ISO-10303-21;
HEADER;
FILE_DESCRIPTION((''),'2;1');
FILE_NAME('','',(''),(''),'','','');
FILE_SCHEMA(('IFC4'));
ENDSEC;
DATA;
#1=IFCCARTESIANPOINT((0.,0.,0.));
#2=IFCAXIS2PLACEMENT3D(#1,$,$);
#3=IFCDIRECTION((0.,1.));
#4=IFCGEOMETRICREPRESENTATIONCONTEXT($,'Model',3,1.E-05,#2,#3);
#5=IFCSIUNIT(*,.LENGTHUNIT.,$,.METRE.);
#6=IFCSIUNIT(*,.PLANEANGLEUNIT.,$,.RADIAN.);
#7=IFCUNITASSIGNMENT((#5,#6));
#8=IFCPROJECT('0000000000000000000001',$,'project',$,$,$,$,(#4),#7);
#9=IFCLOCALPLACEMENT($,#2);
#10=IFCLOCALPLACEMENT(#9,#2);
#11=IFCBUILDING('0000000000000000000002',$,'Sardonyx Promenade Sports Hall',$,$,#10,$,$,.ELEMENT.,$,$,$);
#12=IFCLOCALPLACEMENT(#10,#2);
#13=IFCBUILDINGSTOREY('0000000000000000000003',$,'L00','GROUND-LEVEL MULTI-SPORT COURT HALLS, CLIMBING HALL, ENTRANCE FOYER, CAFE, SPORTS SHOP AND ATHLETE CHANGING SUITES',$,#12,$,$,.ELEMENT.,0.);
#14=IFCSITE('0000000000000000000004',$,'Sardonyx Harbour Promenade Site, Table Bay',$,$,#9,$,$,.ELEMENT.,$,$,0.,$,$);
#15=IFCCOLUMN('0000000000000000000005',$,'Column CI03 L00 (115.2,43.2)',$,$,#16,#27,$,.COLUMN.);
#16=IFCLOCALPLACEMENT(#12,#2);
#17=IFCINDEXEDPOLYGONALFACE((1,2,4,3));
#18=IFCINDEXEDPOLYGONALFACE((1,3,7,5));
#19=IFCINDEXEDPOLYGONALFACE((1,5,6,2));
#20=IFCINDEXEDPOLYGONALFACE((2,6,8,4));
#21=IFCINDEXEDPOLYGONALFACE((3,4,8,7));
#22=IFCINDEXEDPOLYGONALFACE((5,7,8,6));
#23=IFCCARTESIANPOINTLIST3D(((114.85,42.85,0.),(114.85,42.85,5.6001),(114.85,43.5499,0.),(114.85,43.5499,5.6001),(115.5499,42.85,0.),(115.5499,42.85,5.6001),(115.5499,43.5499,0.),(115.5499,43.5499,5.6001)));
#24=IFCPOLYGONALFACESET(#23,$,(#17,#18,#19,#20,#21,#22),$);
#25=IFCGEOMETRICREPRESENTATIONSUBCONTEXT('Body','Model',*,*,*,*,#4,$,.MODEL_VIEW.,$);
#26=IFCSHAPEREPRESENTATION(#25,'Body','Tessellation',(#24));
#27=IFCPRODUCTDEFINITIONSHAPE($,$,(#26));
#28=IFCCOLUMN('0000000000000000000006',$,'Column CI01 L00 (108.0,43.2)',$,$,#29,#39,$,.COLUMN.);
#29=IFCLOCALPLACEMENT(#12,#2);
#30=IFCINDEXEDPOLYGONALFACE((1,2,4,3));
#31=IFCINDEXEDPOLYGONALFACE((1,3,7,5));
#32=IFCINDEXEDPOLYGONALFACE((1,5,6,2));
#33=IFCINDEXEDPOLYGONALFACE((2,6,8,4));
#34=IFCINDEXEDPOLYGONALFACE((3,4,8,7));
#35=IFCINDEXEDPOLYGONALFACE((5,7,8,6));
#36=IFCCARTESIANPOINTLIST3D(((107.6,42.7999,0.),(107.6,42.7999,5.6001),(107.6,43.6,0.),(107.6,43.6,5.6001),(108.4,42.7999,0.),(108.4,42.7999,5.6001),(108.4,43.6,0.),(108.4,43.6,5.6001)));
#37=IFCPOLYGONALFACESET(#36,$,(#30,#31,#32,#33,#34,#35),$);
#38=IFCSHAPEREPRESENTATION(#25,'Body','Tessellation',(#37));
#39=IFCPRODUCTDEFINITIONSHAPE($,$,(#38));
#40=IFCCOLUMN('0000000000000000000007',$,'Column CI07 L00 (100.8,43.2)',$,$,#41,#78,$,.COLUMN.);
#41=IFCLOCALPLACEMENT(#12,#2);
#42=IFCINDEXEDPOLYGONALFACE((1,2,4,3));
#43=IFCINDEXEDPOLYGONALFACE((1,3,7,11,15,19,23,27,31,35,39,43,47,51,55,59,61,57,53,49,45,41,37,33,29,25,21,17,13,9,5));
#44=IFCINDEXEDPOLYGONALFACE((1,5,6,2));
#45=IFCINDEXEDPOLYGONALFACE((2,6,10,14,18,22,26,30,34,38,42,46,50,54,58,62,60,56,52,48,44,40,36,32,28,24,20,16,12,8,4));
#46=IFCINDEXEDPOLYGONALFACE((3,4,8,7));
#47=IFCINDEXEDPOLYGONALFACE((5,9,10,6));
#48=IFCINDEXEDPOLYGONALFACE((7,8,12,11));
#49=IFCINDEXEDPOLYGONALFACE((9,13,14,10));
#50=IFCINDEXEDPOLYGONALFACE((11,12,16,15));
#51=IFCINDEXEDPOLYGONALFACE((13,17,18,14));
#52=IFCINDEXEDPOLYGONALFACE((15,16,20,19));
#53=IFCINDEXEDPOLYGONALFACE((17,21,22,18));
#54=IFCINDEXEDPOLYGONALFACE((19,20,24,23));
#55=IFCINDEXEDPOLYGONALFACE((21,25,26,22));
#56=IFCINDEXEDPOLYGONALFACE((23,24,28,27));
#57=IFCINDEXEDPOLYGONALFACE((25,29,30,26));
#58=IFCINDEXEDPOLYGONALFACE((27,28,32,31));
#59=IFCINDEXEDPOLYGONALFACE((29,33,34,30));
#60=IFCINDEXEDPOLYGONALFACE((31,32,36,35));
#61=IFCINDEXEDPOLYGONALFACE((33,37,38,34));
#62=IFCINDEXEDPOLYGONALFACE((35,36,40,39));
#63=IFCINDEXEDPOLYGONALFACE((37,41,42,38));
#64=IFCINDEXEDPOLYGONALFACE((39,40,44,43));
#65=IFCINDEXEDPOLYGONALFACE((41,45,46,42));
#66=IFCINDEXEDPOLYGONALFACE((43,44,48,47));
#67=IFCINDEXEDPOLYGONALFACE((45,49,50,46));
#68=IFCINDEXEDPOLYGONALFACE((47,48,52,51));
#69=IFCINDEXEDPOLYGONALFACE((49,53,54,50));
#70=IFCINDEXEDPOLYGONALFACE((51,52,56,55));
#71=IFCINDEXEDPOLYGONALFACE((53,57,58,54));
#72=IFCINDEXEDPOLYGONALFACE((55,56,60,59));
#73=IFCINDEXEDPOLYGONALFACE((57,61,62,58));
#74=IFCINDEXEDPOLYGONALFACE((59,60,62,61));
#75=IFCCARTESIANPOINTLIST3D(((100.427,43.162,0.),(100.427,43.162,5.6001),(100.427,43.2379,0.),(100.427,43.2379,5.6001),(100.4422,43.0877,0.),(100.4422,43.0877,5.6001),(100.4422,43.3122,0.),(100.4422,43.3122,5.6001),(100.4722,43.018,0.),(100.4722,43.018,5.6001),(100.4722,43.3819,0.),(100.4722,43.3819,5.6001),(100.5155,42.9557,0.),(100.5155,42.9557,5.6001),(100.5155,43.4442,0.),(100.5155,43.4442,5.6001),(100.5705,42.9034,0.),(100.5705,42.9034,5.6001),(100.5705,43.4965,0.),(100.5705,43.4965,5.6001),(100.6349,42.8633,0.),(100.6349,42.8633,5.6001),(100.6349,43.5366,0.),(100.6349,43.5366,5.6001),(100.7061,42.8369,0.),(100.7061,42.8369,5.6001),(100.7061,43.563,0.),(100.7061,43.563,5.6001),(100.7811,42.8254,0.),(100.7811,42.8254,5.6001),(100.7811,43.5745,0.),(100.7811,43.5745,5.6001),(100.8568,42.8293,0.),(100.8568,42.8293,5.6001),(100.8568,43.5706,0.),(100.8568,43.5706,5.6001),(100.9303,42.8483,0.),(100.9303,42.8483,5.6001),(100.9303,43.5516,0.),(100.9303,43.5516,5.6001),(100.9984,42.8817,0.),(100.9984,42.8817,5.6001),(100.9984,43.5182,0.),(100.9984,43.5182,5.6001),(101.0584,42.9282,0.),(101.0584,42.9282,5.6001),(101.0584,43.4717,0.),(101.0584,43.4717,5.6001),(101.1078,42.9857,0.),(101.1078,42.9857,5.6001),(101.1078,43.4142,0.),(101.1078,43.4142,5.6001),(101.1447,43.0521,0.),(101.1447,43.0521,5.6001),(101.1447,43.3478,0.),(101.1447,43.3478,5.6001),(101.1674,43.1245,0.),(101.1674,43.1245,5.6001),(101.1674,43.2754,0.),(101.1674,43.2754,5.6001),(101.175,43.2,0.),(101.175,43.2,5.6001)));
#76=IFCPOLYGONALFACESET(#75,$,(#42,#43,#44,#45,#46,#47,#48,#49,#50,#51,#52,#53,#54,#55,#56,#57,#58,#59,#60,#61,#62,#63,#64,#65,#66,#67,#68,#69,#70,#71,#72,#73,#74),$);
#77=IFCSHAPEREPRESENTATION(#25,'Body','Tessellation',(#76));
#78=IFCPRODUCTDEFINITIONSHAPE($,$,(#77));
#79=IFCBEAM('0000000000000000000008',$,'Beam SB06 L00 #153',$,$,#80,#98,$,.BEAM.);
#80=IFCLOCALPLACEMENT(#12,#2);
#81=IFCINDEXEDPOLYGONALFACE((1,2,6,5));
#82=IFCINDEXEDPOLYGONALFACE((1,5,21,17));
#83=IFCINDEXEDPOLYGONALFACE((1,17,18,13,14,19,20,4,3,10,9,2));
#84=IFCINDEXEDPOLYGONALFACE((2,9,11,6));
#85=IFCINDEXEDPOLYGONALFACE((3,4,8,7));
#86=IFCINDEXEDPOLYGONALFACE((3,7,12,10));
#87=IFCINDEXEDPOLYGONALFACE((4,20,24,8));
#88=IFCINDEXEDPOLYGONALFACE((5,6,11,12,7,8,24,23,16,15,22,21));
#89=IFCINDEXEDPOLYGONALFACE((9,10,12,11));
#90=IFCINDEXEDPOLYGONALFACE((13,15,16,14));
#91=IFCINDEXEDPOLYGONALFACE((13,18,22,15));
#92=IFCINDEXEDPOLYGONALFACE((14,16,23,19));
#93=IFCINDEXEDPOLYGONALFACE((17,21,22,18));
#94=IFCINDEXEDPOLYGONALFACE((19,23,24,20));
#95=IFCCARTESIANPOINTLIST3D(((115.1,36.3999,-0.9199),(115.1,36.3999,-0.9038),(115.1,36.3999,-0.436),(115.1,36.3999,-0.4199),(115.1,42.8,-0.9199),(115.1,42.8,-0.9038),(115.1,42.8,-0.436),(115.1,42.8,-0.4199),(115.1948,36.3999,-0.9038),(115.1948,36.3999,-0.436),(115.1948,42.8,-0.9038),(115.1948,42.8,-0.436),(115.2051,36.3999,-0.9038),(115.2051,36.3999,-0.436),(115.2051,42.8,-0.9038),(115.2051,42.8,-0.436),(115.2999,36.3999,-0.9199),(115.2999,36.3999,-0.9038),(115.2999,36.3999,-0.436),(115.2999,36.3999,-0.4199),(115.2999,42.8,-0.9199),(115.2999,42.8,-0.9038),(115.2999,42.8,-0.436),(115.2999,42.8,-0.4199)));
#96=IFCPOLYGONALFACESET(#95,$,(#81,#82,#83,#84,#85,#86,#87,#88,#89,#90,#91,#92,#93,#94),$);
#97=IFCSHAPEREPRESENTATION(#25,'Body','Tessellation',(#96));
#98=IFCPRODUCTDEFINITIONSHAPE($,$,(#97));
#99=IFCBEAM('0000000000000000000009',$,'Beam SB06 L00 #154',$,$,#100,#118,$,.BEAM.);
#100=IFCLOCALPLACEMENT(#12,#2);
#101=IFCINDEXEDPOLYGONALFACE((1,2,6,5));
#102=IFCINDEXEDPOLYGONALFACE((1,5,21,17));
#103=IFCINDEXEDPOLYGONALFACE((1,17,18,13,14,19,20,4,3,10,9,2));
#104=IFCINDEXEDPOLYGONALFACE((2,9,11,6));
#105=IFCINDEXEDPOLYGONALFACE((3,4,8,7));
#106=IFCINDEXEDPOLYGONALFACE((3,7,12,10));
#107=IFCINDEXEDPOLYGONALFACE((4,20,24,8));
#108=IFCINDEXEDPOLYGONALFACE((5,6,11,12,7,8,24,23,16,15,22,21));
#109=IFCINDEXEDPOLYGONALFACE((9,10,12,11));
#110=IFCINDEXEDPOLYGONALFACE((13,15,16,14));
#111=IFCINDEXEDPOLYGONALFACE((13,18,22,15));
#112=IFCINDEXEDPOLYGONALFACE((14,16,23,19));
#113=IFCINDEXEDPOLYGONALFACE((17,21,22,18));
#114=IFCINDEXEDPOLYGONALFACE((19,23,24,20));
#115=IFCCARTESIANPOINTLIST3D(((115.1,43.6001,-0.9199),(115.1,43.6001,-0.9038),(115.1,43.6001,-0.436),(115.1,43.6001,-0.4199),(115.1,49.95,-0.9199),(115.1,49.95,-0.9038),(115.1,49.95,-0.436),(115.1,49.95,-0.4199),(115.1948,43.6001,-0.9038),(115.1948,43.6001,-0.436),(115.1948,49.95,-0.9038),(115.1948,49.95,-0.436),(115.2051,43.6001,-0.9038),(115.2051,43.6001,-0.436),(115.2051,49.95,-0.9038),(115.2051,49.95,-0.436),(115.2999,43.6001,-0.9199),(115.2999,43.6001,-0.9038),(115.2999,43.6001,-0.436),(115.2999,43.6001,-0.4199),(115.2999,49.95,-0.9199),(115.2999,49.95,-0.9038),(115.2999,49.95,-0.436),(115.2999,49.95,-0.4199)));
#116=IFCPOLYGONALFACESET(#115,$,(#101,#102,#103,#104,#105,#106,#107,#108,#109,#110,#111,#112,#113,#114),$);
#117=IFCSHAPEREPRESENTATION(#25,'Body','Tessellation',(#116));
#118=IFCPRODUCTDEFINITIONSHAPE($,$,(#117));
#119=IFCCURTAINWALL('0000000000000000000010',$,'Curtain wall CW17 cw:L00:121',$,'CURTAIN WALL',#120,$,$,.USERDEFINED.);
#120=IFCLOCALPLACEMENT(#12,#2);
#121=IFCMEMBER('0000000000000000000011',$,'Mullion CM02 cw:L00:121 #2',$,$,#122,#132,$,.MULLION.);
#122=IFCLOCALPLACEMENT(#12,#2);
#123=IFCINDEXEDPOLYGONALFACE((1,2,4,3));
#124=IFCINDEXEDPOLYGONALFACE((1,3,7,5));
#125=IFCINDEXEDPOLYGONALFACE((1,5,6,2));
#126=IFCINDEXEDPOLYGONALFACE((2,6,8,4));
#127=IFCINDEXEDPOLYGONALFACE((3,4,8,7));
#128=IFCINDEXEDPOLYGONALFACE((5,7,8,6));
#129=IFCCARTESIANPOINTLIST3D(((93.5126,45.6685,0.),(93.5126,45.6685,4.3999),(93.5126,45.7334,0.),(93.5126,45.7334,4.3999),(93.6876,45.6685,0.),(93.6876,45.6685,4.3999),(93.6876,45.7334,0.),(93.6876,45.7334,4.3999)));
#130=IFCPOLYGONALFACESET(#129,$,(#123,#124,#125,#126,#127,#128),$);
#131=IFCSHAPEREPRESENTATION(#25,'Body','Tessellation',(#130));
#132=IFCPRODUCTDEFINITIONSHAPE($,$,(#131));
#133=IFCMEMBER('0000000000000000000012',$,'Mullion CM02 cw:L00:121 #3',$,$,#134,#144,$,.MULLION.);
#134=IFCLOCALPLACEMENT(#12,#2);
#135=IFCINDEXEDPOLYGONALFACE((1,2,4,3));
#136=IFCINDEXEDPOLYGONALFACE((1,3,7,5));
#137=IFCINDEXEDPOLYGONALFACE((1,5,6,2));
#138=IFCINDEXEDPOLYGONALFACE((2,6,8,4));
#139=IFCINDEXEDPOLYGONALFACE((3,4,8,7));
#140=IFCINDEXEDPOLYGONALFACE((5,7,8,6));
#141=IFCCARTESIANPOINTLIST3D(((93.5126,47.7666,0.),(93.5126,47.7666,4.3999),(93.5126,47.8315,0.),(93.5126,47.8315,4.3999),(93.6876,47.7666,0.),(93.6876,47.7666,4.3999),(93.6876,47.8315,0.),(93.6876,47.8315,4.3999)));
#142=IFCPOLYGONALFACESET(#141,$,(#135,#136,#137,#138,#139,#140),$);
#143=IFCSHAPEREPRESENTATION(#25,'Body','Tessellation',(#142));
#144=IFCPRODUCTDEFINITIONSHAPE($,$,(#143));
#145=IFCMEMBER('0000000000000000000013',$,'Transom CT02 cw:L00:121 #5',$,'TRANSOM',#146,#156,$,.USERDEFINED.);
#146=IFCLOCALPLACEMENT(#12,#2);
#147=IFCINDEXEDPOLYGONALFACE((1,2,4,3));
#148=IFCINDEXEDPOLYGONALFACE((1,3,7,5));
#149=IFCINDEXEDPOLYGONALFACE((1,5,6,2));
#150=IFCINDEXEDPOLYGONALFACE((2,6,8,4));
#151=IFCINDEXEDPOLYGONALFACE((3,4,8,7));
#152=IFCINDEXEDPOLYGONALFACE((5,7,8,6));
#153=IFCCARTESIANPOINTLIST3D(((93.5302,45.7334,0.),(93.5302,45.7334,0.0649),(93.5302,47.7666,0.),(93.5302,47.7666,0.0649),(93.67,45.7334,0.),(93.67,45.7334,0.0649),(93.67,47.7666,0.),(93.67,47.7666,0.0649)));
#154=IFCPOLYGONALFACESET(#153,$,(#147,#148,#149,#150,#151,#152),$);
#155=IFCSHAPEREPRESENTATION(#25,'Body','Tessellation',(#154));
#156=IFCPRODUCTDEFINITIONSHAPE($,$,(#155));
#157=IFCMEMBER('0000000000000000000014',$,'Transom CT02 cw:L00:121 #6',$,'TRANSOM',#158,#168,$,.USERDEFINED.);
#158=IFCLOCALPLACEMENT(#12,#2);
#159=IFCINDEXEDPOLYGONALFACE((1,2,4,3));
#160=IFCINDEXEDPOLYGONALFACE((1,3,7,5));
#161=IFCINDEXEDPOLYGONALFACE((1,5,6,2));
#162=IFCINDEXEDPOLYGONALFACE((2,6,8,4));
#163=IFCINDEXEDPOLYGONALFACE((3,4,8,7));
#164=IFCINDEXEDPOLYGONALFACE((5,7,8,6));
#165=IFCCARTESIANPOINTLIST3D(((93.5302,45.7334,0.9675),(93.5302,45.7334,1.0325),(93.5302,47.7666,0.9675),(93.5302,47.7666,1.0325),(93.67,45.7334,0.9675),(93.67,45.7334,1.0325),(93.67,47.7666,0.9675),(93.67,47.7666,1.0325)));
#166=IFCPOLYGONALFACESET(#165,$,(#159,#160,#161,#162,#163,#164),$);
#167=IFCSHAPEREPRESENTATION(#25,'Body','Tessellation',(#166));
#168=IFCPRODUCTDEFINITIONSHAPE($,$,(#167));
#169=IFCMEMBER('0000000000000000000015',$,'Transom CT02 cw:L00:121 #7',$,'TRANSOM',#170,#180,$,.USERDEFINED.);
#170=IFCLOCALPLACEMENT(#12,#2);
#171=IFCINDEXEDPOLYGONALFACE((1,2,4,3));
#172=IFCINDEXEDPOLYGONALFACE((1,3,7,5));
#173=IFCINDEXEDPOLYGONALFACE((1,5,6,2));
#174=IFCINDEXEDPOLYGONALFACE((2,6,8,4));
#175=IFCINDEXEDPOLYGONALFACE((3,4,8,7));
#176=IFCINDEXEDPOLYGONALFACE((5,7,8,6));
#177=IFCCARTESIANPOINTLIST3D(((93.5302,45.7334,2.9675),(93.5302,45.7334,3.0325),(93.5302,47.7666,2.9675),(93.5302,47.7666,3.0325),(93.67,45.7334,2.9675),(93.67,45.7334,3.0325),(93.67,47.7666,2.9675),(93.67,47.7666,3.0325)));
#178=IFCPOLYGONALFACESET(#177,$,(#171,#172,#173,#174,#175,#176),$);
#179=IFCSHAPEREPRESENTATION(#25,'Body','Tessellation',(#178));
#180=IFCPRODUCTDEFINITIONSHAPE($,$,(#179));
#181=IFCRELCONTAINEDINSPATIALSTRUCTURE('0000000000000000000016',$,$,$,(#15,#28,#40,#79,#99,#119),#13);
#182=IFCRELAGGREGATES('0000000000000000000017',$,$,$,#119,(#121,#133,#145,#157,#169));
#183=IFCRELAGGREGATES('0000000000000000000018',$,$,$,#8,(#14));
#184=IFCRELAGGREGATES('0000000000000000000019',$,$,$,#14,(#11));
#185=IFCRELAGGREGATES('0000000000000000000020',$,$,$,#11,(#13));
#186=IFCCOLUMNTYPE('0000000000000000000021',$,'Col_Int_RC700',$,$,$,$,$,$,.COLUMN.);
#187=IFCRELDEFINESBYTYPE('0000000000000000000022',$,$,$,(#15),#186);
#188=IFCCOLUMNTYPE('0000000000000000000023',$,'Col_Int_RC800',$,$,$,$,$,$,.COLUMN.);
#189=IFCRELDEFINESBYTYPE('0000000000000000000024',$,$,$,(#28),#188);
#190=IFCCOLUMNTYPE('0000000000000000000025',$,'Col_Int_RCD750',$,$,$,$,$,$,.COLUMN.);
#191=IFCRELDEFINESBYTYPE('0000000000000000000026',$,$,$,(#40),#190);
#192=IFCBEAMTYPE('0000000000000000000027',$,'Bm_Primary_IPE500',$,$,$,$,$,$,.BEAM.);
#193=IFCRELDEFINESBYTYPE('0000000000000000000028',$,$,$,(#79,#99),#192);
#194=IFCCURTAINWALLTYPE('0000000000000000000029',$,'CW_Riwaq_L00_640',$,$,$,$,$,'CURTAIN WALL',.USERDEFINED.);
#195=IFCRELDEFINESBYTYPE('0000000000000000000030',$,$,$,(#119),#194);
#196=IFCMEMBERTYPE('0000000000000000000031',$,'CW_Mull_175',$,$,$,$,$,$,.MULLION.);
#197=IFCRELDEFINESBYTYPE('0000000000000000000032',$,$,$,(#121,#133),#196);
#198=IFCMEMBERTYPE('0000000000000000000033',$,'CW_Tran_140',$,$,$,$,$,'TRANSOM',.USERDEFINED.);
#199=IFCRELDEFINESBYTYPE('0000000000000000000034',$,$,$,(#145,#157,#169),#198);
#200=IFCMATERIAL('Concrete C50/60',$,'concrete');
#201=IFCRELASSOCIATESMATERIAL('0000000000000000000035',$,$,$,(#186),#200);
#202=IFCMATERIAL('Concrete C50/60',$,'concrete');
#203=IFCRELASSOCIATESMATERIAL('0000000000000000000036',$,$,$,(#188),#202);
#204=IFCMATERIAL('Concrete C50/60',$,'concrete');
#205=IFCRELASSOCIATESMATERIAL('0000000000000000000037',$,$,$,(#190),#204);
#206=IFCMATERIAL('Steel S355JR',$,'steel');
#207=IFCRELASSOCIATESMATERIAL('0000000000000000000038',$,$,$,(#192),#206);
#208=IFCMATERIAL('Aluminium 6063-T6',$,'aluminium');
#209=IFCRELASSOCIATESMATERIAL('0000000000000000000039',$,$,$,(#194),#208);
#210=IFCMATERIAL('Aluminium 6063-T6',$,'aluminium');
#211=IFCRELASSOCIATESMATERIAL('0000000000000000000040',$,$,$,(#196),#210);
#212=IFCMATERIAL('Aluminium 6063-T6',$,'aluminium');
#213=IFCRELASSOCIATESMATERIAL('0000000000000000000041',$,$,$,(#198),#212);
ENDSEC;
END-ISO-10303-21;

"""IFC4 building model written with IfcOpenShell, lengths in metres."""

from ifc_helpers import new_model, si_unit, direction, frame, origin, origin_2d, place, context, subcontext, project, spatial, rectangle, circle, i_section, extrude, material, material_profile, profile_set, type_object, element, aggregate, save


model = new_model("IFC4")

# Units and contexts
model_context = context("Model", 3, precision=1e-05, world=origin(), true_north=direction((0.0, 1.0)))
body_context = subcontext(model_context, "Body", "Model", "MODEL_VIEW")
ifc_project = project(units=[si_unit("LENGTHUNIT", "METRE"), si_unit("PLANEANGLEUNIT", "RADIAN")], contexts=[model_context])

# Site, building, storey
site_placement = place(None, origin())
site = spatial("IfcSite", under=ifc_project, at=site_placement, Name="Sardonyx Harbour Promenade Site, Table Bay", CompositionType="ELEMENT", RefElevation=0.0)
building_placement = place(site_placement, origin())
building = spatial("IfcBuilding", under=site, at=building_placement, Name="Sardonyx Promenade Sports Hall", CompositionType="ELEMENT")
storey_placement = place(building_placement, origin())
storey = spatial("IfcBuildingStorey", under=building, at=storey_placement, Name="L00", Description="GROUND-LEVEL MULTI-SPORT COURT HALLS, CLIMBING HALL, ENTRANCE FOYER, CAFE, SPORTS SHOP AND ATHLETE CHANGING SUITES", CompositionType="ELEMENT", Elevation=0.0)

# Columns
ifc_material_1 = material(Name="Concrete C50/60", Category="concrete")
ifc_material_profile_1 = material_profile(ifc_material_1, rectangle(XDim=0.7, YDim=0.7, at=origin_2d()))
ifc_profile_set_1 = profile_set([ifc_material_profile_1], Name="Concrete C50/60")
column_type_1 = type_object("IfcColumnType", Name="Col_Int_RC700", PredefinedType="COLUMN", material=ifc_profile_set_1)
column_1_placement = place(storey_placement, frame((115.2, 43.2, 0.0), z_axis=(0.0, 0.0, 1.0), x_axis=(1.0, 0.0, 0.0)))
element("IfcColumn", 1, at=column_1_placement, inside=storey, type_object=column_type_1, Name="Column CI03 L00 (115.2,43.2)", PredefinedType="COLUMN", context=body_context, shape_type="SweptSolid", body=[
    extrude(rectangle(XDim=0.7, YDim=0.7, at=origin_2d()), origin(), (0.0, 0.0, 1.0), 5.6001),
])
ifc_material_2 = material(Name="Concrete C50/60", Category="concrete")
ifc_material_profile_2 = material_profile(ifc_material_2, rectangle(XDim=0.8, YDim=0.8, at=origin_2d()))
ifc_profile_set_2 = profile_set([ifc_material_profile_2], Name="Concrete C50/60")
column_type_2 = type_object("IfcColumnType", Name="Col_Int_RC800", PredefinedType="COLUMN", material=ifc_profile_set_2)
column_2_placement = place(storey_placement, frame((108.0, 43.2, 0.0), z_axis=(0.0, 0.0, 1.0), x_axis=(1.0, 0.0, 0.0)))
element("IfcColumn", 2, at=column_2_placement, inside=storey, type_object=column_type_2, Name="Column CI01 L00 (108.0,43.2)", PredefinedType="COLUMN", context=body_context, shape_type="SweptSolid", body=[
    extrude(rectangle(XDim=0.8, YDim=0.8, at=origin_2d()), origin(), (0.0, 0.0, 1.0), 5.6001),
])
ifc_material_3 = material(Name="Concrete C50/60", Category="concrete")
ifc_material_profile_3 = material_profile(ifc_material_3, circle(Radius=0.375, at=origin_2d()))
ifc_profile_set_3 = profile_set([ifc_material_profile_3], Name="Concrete C50/60")
column_type_3 = type_object("IfcColumnType", Name="Col_Int_RCD750", PredefinedType="COLUMN", material=ifc_profile_set_3)
column_3_placement = place(storey_placement, frame((100.8, 43.2, 0.0), z_axis=(0.0, 0.0, 1.0), x_axis=(1.0, 0.0, 0.0)))
element("IfcColumn", 3, at=column_3_placement, inside=storey, type_object=column_type_3, Name="Column CI07 L00 (100.8,43.2)", PredefinedType="COLUMN", context=body_context, shape_type="SweptSolid", body=[
    extrude(circle(Radius=0.375, at=origin_2d()), origin(), (0.0, 0.0, 1.0), 5.6001),
])

# Beams
ifc_material_4 = material(Name="Steel S355JR", Category="steel")
ifc_material_profile_4 = material_profile(ifc_material_4, i_section(OverallWidth=0.2, OverallDepth=0.5, WebThickness=0.0103, FlangeThickness=0.0161, at=origin_2d()))
ifc_profile_set_4 = profile_set([ifc_material_profile_4], Name="Steel S355JR")
beam_type = type_object("IfcBeamType", Name="Bm_Primary_IPE500", PredefinedType="BEAM", material=ifc_profile_set_4)
beam_1_placement = place(storey_placement, frame((115.2, 36.3999, -0.6699), z_axis=(0.0, 1.0, 0.0), x_axis=(-1.0, 0.0, 0.0)))
element("IfcBeam", 4, at=beam_1_placement, inside=storey, type_object=beam_type, Name="Beam SB06 L00 #153", PredefinedType="BEAM", context=body_context, shape_type="SweptSolid", body=[
    extrude(i_section(OverallWidth=0.2, OverallDepth=0.5, WebThickness=0.0103, FlangeThickness=0.0161, at=origin_2d()), origin(), (0.0, 0.0, 1.0), 6.4001),
])
beam_2_placement = place(storey_placement, frame((115.2, 43.6001, -0.6699), z_axis=(0.0, 1.0, 0.0), x_axis=(-1.0, 0.0, 0.0)))
element("IfcBeam", 5, at=beam_2_placement, inside=storey, type_object=beam_type, Name="Beam SB06 L00 #154", PredefinedType="BEAM", context=body_context, shape_type="SweptSolid", body=[
    extrude(i_section(OverallWidth=0.2, OverallDepth=0.5, WebThickness=0.0103, FlangeThickness=0.0161, at=origin_2d()), origin(), (0.0, 0.0, 1.0), 6.3499),
])

# Curtain wall, members
ifc_material_5 = material(Name="Aluminium 6063-T6", Category="aluminium")
curtain_wall_type = type_object("IfcCurtainWallType", Name="CW_Riwaq_L00_640", ElementType="CURTAIN WALL", PredefinedType="USERDEFINED", material=ifc_material_5)
curtain_wall_placement = place(storey_placement, origin())
curtain_wall = element("IfcCurtainWall", 6, at=curtain_wall_placement, inside=storey, type_object=curtain_wall_type, Name="Curtain wall CW17 cw:L00:121", ObjectType="CURTAIN WALL", PredefinedType="USERDEFINED")
ifc_material_6 = material(Name="Aluminium 6063-T6", Category="aluminium")
ifc_material_profile_5 = material_profile(ifc_material_6, rectangle(XDim=0.0649, YDim=0.175, at=origin_2d()))
ifc_profile_set_5 = profile_set([ifc_material_profile_5], Name="Aluminium 6063-T6")
member_type_1 = type_object("IfcMemberType", Name="CW_Mull_175", PredefinedType="MULLION", material=ifc_profile_set_5)
member_1_placement = place(storey_placement, frame((93.6001, 45.7009, 0.0), z_axis=(0.0, 0.0, 1.0), x_axis=(0.0, 1.0, 0.0)))
member_1 = element("IfcMember", 7, at=member_1_placement, type_object=member_type_1, Name="Mullion CM02 cw:L00:121 #2", PredefinedType="MULLION", context=body_context, shape_type="SweptSolid", body=[
    extrude(rectangle(XDim=0.0649, YDim=0.175, at=origin_2d()), origin(), (0.0, 0.0, 1.0), 4.3999),
])
member_2_placement = place(storey_placement, frame((93.6001, 47.7991, 0.0), z_axis=(0.0, 0.0, 1.0), x_axis=(0.0, 1.0, 0.0)))
member_2 = element("IfcMember", 8, at=member_2_placement, type_object=member_type_1, Name="Mullion CM02 cw:L00:121 #3", PredefinedType="MULLION", context=body_context, shape_type="SweptSolid", body=[
    extrude(rectangle(XDim=0.0649, YDim=0.175, at=origin_2d()), origin(), (0.0, 0.0, 1.0), 4.3999),
])
ifc_material_7 = material(Name="Aluminium 6063-T6", Category="aluminium")
ifc_material_profile_6 = material_profile(ifc_material_7, rectangle(XDim=0.0649, YDim=0.1399, at=origin_2d()))
ifc_profile_set_6 = profile_set([ifc_material_profile_6], Name="Aluminium 6063-T6")
member_type_2 = type_object("IfcMemberType", Name="CW_Tran_140", ElementType="TRANSOM", PredefinedType="USERDEFINED", material=ifc_profile_set_6)
member_3_placement = place(storey_placement, frame((93.6001, 45.7334, 0.0325), z_axis=(0.0, 1.0, 0.0), x_axis=(0.0, 0.0, 1.0)))
member_3 = element("IfcMember", 9, at=member_3_placement, type_object=member_type_2, Name="Transom CT02 cw:L00:121 #5", ObjectType="TRANSOM", PredefinedType="USERDEFINED", context=body_context, shape_type="SweptSolid", body=[
    extrude(rectangle(XDim=0.0649, YDim=0.1399, at=origin_2d()), origin(), (0.0, 0.0, 1.0), 2.0332),
])
member_4_placement = place(storey_placement, frame((93.6001, 45.7334, 1.0), z_axis=(0.0, 1.0, 0.0), x_axis=(0.0, 0.0, 1.0)))
member_4 = element("IfcMember", 10, at=member_4_placement, type_object=member_type_2, Name="Transom CT02 cw:L00:121 #6", ObjectType="TRANSOM", PredefinedType="USERDEFINED", context=body_context, shape_type="SweptSolid", body=[
    extrude(rectangle(XDim=0.0649, YDim=0.1399, at=origin_2d()), origin(), (0.0, 0.0, 1.0), 2.0332),
])
member_5_placement = place(storey_placement, frame((93.6001, 45.7334, 3.0), z_axis=(0.0, 1.0, 0.0), x_axis=(0.0, 0.0, 1.0)))
member_5 = element("IfcMember", 11, at=member_5_placement, type_object=member_type_2, Name="Transom CT02 cw:L00:121 #7", ObjectType="TRANSOM", PredefinedType="USERDEFINED", context=body_context, shape_type="SweptSolid", body=[
    extrude(rectangle(XDim=0.0649, YDim=0.1399, at=origin_2d()), origin(), (0.0, 0.0, 1.0), 2.0332),
])
aggregate(curtain_wall, [member_1, member_2, member_3, member_4, member_5])

save(model, "model.ifc")
